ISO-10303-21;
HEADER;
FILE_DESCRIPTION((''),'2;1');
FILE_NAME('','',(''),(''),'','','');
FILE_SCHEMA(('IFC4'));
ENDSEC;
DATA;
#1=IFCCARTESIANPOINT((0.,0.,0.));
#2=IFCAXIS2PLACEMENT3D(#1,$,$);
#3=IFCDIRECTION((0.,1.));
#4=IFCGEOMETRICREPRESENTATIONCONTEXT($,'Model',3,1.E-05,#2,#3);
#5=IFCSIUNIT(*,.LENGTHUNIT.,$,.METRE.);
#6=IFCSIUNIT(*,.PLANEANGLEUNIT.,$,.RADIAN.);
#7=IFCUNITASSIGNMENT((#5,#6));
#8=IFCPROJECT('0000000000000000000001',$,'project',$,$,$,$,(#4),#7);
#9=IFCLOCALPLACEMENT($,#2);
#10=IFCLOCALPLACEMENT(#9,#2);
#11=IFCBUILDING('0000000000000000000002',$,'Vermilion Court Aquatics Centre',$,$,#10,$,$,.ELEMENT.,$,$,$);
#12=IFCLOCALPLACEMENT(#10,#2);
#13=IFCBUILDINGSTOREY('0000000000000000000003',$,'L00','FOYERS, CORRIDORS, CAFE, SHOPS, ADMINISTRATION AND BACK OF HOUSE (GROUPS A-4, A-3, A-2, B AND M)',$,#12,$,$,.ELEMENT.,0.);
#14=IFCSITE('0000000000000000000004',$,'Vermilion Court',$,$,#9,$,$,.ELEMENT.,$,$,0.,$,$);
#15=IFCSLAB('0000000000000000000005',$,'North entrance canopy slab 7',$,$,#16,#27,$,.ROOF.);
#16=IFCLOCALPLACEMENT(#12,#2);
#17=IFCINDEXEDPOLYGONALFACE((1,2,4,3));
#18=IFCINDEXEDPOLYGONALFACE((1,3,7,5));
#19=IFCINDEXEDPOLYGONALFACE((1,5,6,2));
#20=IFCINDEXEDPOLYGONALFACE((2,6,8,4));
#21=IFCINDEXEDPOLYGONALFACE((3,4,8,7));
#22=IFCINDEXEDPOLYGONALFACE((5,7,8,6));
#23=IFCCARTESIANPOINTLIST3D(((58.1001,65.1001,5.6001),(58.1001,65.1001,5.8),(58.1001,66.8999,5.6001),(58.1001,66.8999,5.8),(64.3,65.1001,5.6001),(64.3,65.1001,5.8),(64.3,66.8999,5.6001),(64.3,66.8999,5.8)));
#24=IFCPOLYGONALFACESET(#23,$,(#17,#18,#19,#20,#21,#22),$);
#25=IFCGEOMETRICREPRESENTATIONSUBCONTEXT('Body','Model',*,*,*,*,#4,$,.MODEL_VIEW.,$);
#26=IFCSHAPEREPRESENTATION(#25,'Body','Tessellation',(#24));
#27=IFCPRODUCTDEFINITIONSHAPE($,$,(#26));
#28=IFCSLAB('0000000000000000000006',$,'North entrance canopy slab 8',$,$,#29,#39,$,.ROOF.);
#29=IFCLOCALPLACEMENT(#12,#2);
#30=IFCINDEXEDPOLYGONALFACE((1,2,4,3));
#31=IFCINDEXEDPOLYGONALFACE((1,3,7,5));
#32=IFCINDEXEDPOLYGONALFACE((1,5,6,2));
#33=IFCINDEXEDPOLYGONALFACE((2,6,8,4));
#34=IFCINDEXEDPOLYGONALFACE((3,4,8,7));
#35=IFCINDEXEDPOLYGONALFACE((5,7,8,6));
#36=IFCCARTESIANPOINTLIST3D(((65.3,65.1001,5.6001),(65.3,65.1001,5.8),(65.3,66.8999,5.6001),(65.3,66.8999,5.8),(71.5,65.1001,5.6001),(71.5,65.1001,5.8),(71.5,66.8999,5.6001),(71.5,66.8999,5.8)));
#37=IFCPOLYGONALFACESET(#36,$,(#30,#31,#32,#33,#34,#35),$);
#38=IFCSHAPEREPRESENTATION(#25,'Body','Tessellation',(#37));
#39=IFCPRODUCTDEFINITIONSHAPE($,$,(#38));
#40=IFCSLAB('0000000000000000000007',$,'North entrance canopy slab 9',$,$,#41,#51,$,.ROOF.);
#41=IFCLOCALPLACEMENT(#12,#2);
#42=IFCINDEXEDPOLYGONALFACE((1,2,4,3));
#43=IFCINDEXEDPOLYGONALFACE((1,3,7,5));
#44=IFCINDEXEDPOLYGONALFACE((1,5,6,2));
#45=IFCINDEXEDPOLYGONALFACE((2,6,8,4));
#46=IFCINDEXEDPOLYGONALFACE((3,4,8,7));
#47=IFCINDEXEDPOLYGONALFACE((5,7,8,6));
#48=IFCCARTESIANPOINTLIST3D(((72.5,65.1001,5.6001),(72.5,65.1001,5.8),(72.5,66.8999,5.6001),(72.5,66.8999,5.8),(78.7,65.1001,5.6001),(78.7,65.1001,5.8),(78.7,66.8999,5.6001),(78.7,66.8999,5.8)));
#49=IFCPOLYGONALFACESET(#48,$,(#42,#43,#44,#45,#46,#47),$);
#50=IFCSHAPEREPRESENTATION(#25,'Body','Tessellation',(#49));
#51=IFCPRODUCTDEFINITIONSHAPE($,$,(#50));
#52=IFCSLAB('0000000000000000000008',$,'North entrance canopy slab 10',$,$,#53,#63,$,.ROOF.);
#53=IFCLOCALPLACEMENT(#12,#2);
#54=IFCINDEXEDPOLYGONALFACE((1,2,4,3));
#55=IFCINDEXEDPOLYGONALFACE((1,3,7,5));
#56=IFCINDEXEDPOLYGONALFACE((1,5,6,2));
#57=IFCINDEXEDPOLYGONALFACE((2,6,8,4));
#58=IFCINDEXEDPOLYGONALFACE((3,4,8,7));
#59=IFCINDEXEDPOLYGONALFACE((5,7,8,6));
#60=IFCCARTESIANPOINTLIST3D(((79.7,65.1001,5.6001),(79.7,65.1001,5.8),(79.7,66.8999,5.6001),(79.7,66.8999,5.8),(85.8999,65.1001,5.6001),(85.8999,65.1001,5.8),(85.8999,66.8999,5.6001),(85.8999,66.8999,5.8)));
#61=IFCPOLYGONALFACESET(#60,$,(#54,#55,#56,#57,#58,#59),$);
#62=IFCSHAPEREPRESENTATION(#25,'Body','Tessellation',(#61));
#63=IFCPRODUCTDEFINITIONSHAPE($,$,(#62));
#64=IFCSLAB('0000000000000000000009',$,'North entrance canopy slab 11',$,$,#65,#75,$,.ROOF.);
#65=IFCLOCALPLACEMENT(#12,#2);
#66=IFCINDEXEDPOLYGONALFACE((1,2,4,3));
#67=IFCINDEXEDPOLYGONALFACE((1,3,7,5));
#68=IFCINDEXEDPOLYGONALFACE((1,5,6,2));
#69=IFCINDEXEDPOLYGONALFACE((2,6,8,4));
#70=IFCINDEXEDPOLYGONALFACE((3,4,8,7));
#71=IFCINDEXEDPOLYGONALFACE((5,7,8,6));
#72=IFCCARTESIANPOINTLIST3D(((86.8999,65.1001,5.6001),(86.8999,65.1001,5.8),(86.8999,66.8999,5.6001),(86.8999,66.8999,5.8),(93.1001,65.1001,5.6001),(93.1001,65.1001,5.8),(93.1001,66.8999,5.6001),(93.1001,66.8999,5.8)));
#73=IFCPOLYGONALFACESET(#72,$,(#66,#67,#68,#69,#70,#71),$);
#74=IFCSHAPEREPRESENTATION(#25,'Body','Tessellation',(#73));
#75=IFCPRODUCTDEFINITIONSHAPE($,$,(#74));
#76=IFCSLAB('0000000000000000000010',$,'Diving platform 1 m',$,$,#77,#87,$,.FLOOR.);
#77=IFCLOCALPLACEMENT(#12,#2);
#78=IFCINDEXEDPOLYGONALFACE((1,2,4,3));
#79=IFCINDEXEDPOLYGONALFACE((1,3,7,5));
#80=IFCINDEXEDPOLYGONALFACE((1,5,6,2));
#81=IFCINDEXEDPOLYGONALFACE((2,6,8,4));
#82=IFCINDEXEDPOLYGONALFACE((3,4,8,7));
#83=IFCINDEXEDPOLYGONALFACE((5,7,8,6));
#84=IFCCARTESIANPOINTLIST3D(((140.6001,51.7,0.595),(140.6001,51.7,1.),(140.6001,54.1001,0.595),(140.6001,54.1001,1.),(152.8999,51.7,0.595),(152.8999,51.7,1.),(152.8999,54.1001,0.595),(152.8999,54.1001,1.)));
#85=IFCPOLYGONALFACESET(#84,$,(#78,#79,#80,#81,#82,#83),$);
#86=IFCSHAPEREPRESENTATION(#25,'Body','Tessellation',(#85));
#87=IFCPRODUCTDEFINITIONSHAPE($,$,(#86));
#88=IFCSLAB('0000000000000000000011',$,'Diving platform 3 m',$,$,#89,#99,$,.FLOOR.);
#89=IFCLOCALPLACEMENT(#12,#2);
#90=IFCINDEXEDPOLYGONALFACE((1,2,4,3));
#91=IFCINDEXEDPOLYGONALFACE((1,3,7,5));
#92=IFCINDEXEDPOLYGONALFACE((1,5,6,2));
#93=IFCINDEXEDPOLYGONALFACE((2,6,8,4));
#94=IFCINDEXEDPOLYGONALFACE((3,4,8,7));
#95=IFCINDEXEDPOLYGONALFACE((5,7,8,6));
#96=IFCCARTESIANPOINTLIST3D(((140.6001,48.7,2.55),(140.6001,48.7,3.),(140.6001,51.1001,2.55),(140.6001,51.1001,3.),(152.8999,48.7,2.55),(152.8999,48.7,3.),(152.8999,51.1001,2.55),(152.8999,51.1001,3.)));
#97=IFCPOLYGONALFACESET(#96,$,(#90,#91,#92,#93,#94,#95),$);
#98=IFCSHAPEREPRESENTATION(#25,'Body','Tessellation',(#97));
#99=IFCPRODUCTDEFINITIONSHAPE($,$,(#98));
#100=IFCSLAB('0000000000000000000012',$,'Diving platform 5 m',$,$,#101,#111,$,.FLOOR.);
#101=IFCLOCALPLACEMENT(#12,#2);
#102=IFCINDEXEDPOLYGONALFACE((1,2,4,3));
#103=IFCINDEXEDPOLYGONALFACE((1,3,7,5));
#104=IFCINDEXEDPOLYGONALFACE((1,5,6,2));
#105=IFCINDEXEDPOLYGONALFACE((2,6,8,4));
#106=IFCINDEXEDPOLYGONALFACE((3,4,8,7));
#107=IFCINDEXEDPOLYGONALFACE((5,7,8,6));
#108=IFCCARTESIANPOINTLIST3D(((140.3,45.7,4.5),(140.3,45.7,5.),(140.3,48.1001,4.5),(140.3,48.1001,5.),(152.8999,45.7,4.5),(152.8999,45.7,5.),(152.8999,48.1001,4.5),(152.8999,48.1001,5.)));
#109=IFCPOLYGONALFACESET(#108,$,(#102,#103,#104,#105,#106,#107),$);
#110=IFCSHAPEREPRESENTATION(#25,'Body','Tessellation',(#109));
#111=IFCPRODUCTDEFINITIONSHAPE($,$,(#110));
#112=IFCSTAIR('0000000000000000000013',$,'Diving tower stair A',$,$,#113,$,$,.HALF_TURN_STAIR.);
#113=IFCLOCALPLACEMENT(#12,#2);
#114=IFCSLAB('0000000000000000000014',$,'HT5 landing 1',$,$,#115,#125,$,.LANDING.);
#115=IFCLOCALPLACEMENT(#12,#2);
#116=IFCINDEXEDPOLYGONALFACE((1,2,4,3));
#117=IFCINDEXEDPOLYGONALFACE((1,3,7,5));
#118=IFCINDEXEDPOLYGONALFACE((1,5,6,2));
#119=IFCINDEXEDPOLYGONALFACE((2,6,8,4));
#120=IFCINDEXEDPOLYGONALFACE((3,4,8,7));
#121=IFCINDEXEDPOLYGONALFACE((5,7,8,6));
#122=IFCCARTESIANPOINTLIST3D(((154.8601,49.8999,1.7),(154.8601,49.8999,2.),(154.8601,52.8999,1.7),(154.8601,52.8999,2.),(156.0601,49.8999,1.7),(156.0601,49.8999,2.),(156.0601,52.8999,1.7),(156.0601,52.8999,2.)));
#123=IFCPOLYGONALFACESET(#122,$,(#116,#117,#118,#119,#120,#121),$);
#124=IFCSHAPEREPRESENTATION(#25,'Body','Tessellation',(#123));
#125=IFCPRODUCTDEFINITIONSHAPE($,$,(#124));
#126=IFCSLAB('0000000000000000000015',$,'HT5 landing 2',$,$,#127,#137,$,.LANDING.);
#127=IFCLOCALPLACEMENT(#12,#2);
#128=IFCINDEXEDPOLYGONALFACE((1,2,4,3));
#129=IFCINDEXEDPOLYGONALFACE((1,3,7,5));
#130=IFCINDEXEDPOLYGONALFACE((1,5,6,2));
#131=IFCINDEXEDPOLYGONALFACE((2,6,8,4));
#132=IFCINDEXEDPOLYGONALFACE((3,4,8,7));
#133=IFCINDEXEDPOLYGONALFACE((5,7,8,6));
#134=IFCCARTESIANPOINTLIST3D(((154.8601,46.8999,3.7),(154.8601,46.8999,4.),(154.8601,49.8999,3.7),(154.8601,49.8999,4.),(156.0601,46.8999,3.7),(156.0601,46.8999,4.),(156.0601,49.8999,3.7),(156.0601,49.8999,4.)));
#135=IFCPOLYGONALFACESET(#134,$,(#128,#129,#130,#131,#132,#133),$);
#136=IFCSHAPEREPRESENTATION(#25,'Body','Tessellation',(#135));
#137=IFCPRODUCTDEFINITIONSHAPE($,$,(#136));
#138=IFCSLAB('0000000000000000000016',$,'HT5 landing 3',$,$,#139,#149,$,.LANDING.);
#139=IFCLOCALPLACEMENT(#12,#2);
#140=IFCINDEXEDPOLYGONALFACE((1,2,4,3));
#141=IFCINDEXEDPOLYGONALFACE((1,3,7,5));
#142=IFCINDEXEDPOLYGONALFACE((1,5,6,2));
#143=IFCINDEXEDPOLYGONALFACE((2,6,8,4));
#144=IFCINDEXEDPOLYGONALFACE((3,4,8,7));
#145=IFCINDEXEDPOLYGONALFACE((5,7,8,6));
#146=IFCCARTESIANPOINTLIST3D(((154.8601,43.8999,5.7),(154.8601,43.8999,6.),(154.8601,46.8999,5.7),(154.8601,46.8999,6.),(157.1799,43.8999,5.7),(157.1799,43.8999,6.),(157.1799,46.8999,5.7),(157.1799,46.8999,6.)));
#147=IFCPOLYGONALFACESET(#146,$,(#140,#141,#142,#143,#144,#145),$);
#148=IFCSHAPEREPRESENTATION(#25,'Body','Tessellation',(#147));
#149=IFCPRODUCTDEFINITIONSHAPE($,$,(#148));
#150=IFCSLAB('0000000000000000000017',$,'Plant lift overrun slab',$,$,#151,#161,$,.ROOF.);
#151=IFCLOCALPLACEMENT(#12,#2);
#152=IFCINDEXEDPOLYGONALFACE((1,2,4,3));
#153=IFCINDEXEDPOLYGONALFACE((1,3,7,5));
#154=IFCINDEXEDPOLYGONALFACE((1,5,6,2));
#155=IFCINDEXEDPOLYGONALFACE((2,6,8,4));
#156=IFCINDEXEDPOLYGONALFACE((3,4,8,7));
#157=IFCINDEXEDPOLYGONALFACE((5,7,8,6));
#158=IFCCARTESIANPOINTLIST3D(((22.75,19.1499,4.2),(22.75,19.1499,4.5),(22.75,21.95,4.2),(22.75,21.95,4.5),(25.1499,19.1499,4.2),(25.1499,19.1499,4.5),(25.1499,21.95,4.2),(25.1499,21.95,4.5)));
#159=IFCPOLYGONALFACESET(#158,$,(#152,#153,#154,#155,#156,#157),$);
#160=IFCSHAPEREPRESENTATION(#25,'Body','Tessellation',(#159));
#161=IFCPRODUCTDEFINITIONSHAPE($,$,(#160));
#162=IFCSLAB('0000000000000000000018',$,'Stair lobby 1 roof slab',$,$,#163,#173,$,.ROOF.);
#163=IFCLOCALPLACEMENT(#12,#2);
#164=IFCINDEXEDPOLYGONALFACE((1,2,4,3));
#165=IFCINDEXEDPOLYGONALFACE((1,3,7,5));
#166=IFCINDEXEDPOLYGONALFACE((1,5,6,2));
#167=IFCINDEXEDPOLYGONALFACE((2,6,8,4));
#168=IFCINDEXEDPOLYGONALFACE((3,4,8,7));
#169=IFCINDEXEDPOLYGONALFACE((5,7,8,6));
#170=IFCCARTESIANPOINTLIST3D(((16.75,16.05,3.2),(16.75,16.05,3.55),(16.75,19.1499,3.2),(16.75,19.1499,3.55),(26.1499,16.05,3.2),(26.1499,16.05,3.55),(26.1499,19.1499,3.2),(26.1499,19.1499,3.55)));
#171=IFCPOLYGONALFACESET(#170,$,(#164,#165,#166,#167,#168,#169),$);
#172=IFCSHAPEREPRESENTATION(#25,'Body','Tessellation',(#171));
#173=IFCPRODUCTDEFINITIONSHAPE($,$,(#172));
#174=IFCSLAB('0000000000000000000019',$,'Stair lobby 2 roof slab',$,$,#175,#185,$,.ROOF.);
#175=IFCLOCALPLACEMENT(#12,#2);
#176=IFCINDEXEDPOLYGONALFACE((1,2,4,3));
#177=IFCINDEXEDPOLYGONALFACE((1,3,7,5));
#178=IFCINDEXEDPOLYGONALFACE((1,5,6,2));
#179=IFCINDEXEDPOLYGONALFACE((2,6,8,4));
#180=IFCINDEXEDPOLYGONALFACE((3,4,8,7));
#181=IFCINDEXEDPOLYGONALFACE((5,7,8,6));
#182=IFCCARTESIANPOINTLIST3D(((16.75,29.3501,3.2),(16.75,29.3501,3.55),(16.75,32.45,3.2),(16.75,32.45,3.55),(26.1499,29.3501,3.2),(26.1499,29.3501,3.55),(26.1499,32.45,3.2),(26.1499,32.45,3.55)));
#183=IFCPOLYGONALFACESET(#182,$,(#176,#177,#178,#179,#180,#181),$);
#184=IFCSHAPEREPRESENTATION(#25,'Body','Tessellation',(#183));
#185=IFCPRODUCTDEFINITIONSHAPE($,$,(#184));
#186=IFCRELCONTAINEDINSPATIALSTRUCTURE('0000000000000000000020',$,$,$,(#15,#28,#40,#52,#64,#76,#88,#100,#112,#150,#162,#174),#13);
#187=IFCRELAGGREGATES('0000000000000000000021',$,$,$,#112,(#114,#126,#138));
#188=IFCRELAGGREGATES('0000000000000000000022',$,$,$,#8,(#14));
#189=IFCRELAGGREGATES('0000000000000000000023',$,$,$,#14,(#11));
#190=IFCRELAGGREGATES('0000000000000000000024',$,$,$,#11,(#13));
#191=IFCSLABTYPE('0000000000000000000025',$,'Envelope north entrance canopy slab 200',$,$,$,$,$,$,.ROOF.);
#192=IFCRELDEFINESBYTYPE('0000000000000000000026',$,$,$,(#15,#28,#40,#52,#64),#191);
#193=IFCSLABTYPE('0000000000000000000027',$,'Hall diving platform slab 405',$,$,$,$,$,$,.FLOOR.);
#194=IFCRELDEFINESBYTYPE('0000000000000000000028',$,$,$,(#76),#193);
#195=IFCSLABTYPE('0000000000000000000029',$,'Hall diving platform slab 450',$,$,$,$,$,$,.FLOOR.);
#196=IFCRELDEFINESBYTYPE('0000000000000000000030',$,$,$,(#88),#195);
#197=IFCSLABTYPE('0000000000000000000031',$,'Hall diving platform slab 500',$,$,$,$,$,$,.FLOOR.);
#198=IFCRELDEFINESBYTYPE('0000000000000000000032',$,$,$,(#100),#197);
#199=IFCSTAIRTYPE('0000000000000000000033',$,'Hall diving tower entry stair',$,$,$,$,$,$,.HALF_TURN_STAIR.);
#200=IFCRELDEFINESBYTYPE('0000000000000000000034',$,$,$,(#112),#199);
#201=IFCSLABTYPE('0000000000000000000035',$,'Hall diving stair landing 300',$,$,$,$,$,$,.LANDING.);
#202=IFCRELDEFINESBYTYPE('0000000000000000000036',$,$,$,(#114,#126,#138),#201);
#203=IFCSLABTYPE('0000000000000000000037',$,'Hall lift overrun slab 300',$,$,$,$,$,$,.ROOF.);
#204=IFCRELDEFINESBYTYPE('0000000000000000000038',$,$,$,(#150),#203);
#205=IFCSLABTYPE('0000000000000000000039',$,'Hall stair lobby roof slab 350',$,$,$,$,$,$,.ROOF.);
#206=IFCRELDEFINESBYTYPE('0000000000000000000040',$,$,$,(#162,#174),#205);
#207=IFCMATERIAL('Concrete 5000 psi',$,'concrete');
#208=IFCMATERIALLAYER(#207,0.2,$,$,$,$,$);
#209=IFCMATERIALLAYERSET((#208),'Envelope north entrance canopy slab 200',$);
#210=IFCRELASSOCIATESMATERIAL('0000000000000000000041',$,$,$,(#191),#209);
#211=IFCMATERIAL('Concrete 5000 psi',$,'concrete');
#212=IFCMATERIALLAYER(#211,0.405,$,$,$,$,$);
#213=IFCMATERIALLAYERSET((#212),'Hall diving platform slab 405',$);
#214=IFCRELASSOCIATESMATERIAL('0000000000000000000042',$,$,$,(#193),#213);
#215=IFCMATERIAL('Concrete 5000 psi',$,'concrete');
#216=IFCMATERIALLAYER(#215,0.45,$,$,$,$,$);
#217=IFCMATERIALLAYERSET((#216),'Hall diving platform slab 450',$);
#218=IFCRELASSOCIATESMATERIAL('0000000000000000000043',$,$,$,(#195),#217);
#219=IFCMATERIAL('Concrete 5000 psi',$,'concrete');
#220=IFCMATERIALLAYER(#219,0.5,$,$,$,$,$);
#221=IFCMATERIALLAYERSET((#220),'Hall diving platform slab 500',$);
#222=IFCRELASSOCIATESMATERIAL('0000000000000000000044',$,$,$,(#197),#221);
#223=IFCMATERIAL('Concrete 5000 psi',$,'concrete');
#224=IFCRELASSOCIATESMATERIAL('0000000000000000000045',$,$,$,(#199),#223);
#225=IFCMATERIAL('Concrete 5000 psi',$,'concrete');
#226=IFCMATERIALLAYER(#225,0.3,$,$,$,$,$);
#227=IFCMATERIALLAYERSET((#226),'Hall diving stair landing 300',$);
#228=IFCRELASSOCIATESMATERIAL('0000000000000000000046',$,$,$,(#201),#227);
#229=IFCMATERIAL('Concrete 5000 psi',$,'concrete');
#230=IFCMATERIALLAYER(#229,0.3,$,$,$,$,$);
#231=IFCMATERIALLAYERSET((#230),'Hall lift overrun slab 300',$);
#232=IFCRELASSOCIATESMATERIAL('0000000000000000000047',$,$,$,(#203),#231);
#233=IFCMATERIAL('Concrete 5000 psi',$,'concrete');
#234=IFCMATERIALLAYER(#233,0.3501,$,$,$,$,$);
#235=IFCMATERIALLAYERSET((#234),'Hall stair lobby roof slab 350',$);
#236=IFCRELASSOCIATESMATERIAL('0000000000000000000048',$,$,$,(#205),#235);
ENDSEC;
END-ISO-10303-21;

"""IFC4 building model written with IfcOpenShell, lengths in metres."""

from ifc_helpers import new_model, si_unit, direction, frame, origin, place, context, subcontext, project, spatial, polyline, outline, extrude, material, layer, layer_set, type_object, element, aggregate, save


model = new_model("IFC4")

# Units and contexts
model_context = context("Model", 3, precision=1e-05, world=origin(), true_north=direction((0.0, 1.0)))
body_context = subcontext(model_context, "Body", "Model", "MODEL_VIEW")
ifc_project = project(units=[si_unit("LENGTHUNIT", "METRE"), si_unit("PLANEANGLEUNIT", "RADIAN")], contexts=[model_context])

# Site, building, storey
site_placement = place(None, origin())
site = spatial("IfcSite", under=ifc_project, at=site_placement, Name="Vermilion Court", CompositionType="ELEMENT", RefElevation=0.0)
building_placement = place(site_placement, origin())
building = spatial("IfcBuilding", under=site, at=building_placement, Name="Vermilion Court Aquatics Centre", CompositionType="ELEMENT")
storey_placement = place(building_placement, origin())
storey = spatial("IfcBuildingStorey", under=building, at=storey_placement, Name="L00", Description="FOYERS, CORRIDORS, CAFE, SHOPS, ADMINISTRATION AND BACK OF HOUSE (GROUPS A-4, A-3, A-2, B AND M)", CompositionType="ELEMENT", Elevation=0.0)

# Slabs
ifc_material_1 = material(Name="Concrete 5000 psi", Category="concrete")
ifc_layer_1 = layer(ifc_material_1, 0.2)
ifc_layer_set_1 = layer_set([ifc_layer_1], Name="Envelope north entrance canopy slab 200")
slab_type_1 = type_object("IfcSlabType", Name="Envelope north entrance canopy slab 200", PredefinedType="ROOF", material=ifc_layer_set_1)
slab_1_placement = place(storey_placement, frame((0.0, 0.0, 5.6001)))
element("IfcSlab", 1, at=slab_1_placement, inside=storey, type_object=slab_type_1, Name="North entrance canopy slab 7", PredefinedType="ROOF", context=body_context, shape_type="SweptSolid", body=[
    extrude(outline(polyline([(58.1001, 65.1001), (64.3, 65.1001), (64.3, 66.8999), (58.1001, 66.8999), (58.1001, 65.1001)])), origin(), (0.0, 0.0, 1.0), 0.2),
])
slab_2_placement = place(storey_placement, frame((0.0, 0.0, 5.6001)))
element("IfcSlab", 2, at=slab_2_placement, inside=storey, type_object=slab_type_1, Name="North entrance canopy slab 8", PredefinedType="ROOF", context=body_context, shape_type="SweptSolid", body=[
    extrude(outline(polyline([(65.3, 65.1001), (71.5, 65.1001), (71.5, 66.8999), (65.3, 66.8999), (65.3, 65.1001)])), origin(), (0.0, 0.0, 1.0), 0.2),
])
slab_3_placement = place(storey_placement, frame((0.0, 0.0, 5.6001)))
element("IfcSlab", 3, at=slab_3_placement, inside=storey, type_object=slab_type_1, Name="North entrance canopy slab 9", PredefinedType="ROOF", context=body_context, shape_type="SweptSolid", body=[
    extrude(outline(polyline([(72.5, 65.1001), (78.7, 65.1001), (78.7, 66.8999), (72.5, 66.8999), (72.5, 65.1001)])), origin(), (0.0, 0.0, 1.0), 0.2),
])
slab_4_placement = place(storey_placement, frame((0.0, 0.0, 5.6001)))
element("IfcSlab", 4, at=slab_4_placement, inside=storey, type_object=slab_type_1, Name="North entrance canopy slab 10", PredefinedType="ROOF", context=body_context, shape_type="SweptSolid", body=[
    extrude(outline(polyline([(79.7, 65.1001), (85.8999, 65.1001), (85.8999, 66.8999), (79.7, 66.8999), (79.7, 65.1001)])), origin(), (0.0, 0.0, 1.0), 0.2),
])
slab_5_placement = place(storey_placement, frame((0.0, 0.0, 5.6001)))
element("IfcSlab", 5, at=slab_5_placement, inside=storey, type_object=slab_type_1, Name="North entrance canopy slab 11", PredefinedType="ROOF", context=body_context, shape_type="SweptSolid", body=[
    extrude(outline(polyline([(86.8999, 65.1001), (93.1001, 65.1001), (93.1001, 66.8999), (86.8999, 66.8999), (86.8999, 65.1001)])), origin(), (0.0, 0.0, 1.0), 0.2),
])
ifc_material_2 = material(Name="Concrete 5000 psi", Category="concrete")
ifc_layer_2 = layer(ifc_material_2, 0.405)
ifc_layer_set_2 = layer_set([ifc_layer_2], Name="Hall diving platform slab 405")
slab_type_2 = type_object("IfcSlabType", Name="Hall diving platform slab 405", PredefinedType="FLOOR", material=ifc_layer_set_2)
slab_6_placement = place(storey_placement, frame((0.0, 0.0, 0.595)))
element("IfcSlab", 6, at=slab_6_placement, inside=storey, type_object=slab_type_2, Name="Diving platform 1 m", PredefinedType="FLOOR", context=body_context, shape_type="SweptSolid", body=[
    extrude(outline(polyline([(140.6001, 51.7), (152.8999, 51.7), (152.8999, 54.1001), (140.6001, 54.1001), (140.6001, 51.7)])), origin(), (0.0, 0.0, 1.0), 0.405),
])
ifc_material_3 = material(Name="Concrete 5000 psi", Category="concrete")
ifc_layer_3 = layer(ifc_material_3, 0.45)
ifc_layer_set_3 = layer_set([ifc_layer_3], Name="Hall diving platform slab 450")
slab_type_3 = type_object("IfcSlabType", Name="Hall diving platform slab 450", PredefinedType="FLOOR", material=ifc_layer_set_3)
slab_7_placement = place(storey_placement, frame((0.0, 0.0, 2.55)))
element("IfcSlab", 7, at=slab_7_placement, inside=storey, type_object=slab_type_3, Name="Diving platform 3 m", PredefinedType="FLOOR", context=body_context, shape_type="SweptSolid", body=[
    extrude(outline(polyline([(140.6001, 48.7), (152.8999, 48.7), (152.8999, 51.1001), (140.6001, 51.1001), (140.6001, 48.7)])), origin(), (0.0, 0.0, 1.0), 0.45),
])
ifc_material_4 = material(Name="Concrete 5000 psi", Category="concrete")
ifc_layer_4 = layer(ifc_material_4, 0.5)
ifc_layer_set_4 = layer_set([ifc_layer_4], Name="Hall diving platform slab 500")
slab_type_4 = type_object("IfcSlabType", Name="Hall diving platform slab 500", PredefinedType="FLOOR", material=ifc_layer_set_4)
slab_8_placement = place(storey_placement, frame((0.0, 0.0, 4.5)))
element("IfcSlab", 8, at=slab_8_placement, inside=storey, type_object=slab_type_4, Name="Diving platform 5 m", PredefinedType="FLOOR", context=body_context, shape_type="SweptSolid", body=[
    extrude(outline(polyline([(140.3, 45.7), (152.8999, 45.7), (152.8999, 48.1001), (140.3, 48.1001), (140.3, 45.7)])), origin(), (0.0, 0.0, 1.0), 0.5),
])

# Stair, slabs
ifc_material_5 = material(Name="Concrete 5000 psi", Category="concrete")
stair_type = type_object("IfcStairType", Name="Hall diving tower entry stair", PredefinedType="HALF_TURN_STAIR", material=ifc_material_5)
stair_placement = place(storey_placement, origin())
stair = element("IfcStair", 9, at=stair_placement, inside=storey, type_object=stair_type, Name="Diving tower stair A", PredefinedType="HALF_TURN_STAIR")
ifc_material_6 = material(Name="Concrete 5000 psi", Category="concrete")
ifc_layer_5 = layer(ifc_material_6, 0.3)
ifc_layer_set_5 = layer_set([ifc_layer_5], Name="Hall diving stair landing 300")
slab_type_5 = type_object("IfcSlabType", Name="Hall diving stair landing 300", PredefinedType="LANDING", material=ifc_layer_set_5)
slab_9_placement = place(storey_placement, frame((0.0, 0.0, 1.7)))
slab_9 = element("IfcSlab", 10, at=slab_9_placement, type_object=slab_type_5, Name="HT5 landing 1", PredefinedType="LANDING", context=body_context, shape_type="SweptSolid", body=[
    extrude(outline(polyline([(154.8601, 49.8999), (156.0601, 49.8999), (156.0601, 52.8999), (154.8601, 52.8999), (154.8601, 49.8999)])), origin(), (0.0, 0.0, 1.0), 0.3),
])
slab_10_placement = place(storey_placement, frame((0.0, 0.0, 3.7)))
slab_10 = element("IfcSlab", 11, at=slab_10_placement, type_object=slab_type_5, Name="HT5 landing 2", PredefinedType="LANDING", context=body_context, shape_type="SweptSolid", body=[
    extrude(outline(polyline([(154.8601, 46.8999), (156.0601, 46.8999), (156.0601, 49.8999), (154.8601, 49.8999), (154.8601, 46.8999)])), origin(), (0.0, 0.0, 1.0), 0.3),
])
slab_11_placement = place(storey_placement, frame((0.0, 0.0, 5.7)))
slab_11 = element("IfcSlab", 12, at=slab_11_placement, type_object=slab_type_5, Name="HT5 landing 3", PredefinedType="LANDING", context=body_context, shape_type="SweptSolid", body=[
    extrude(outline(polyline([(154.8601, 43.8999), (157.1799, 43.8999), (157.1799, 46.8999), (154.8601, 46.8999), (154.8601, 43.8999)])), origin(), (0.0, 0.0, 1.0), 0.3),
])
aggregate(stair, [slab_9, slab_10, slab_11])

# Slabs
ifc_material_7 = material(Name="Concrete 5000 psi", Category="concrete")
ifc_layer_6 = layer(ifc_material_7, 0.3)
ifc_layer_set_6 = layer_set([ifc_layer_6], Name="Hall lift overrun slab 300")
slab_type_6 = type_object("IfcSlabType", Name="Hall lift overrun slab 300", PredefinedType="ROOF", material=ifc_layer_set_6)
slab_12_placement = place(storey_placement, frame((0.0, 0.0, 4.2)))
element("IfcSlab", 13, at=slab_12_placement, inside=storey, type_object=slab_type_6, Name="Plant lift overrun slab", PredefinedType="ROOF", context=body_context, shape_type="SweptSolid", body=[
    extrude(outline(polyline([(22.75, 19.1499), (25.1499, 19.1499), (25.1499, 21.95), (22.75, 21.95), (22.75, 19.1499)])), origin(), (0.0, 0.0, 1.0), 0.3),
])
ifc_material_8 = material(Name="Concrete 5000 psi", Category="concrete")
ifc_layer_7 = layer(ifc_material_8, 0.3501)
ifc_layer_set_7 = layer_set([ifc_layer_7], Name="Hall stair lobby roof slab 350")
slab_type_7 = type_object("IfcSlabType", Name="Hall stair lobby roof slab 350", PredefinedType="ROOF", material=ifc_layer_set_7)
slab_13_placement = place(storey_placement, frame((0.0, 0.0, 3.2)))
element("IfcSlab", 14, at=slab_13_placement, inside=storey, type_object=slab_type_7, Name="Stair lobby 1 roof slab", PredefinedType="ROOF", context=body_context, shape_type="SweptSolid", body=[
    extrude(outline(polyline([(16.75, 16.05), (26.1499, 16.05), (26.1499, 19.1499), (16.75, 19.1499), (16.75, 16.05)])), origin(), (0.0, 0.0, 1.0), 0.3501),
])
slab_14_placement = place(storey_placement, frame((0.0, 0.0, 3.2)))
element("IfcSlab", 15, at=slab_14_placement, inside=storey, type_object=slab_type_7, Name="Stair lobby 2 roof slab", PredefinedType="ROOF", context=body_context, shape_type="SweptSolid", body=[
    extrude(outline(polyline([(16.75, 29.3501), (26.1499, 29.3501), (26.1499, 32.45), (16.75, 32.45), (16.75, 29.3501)])), origin(), (0.0, 0.0, 1.0), 0.3501),
])

save(model, "model.ifc")
